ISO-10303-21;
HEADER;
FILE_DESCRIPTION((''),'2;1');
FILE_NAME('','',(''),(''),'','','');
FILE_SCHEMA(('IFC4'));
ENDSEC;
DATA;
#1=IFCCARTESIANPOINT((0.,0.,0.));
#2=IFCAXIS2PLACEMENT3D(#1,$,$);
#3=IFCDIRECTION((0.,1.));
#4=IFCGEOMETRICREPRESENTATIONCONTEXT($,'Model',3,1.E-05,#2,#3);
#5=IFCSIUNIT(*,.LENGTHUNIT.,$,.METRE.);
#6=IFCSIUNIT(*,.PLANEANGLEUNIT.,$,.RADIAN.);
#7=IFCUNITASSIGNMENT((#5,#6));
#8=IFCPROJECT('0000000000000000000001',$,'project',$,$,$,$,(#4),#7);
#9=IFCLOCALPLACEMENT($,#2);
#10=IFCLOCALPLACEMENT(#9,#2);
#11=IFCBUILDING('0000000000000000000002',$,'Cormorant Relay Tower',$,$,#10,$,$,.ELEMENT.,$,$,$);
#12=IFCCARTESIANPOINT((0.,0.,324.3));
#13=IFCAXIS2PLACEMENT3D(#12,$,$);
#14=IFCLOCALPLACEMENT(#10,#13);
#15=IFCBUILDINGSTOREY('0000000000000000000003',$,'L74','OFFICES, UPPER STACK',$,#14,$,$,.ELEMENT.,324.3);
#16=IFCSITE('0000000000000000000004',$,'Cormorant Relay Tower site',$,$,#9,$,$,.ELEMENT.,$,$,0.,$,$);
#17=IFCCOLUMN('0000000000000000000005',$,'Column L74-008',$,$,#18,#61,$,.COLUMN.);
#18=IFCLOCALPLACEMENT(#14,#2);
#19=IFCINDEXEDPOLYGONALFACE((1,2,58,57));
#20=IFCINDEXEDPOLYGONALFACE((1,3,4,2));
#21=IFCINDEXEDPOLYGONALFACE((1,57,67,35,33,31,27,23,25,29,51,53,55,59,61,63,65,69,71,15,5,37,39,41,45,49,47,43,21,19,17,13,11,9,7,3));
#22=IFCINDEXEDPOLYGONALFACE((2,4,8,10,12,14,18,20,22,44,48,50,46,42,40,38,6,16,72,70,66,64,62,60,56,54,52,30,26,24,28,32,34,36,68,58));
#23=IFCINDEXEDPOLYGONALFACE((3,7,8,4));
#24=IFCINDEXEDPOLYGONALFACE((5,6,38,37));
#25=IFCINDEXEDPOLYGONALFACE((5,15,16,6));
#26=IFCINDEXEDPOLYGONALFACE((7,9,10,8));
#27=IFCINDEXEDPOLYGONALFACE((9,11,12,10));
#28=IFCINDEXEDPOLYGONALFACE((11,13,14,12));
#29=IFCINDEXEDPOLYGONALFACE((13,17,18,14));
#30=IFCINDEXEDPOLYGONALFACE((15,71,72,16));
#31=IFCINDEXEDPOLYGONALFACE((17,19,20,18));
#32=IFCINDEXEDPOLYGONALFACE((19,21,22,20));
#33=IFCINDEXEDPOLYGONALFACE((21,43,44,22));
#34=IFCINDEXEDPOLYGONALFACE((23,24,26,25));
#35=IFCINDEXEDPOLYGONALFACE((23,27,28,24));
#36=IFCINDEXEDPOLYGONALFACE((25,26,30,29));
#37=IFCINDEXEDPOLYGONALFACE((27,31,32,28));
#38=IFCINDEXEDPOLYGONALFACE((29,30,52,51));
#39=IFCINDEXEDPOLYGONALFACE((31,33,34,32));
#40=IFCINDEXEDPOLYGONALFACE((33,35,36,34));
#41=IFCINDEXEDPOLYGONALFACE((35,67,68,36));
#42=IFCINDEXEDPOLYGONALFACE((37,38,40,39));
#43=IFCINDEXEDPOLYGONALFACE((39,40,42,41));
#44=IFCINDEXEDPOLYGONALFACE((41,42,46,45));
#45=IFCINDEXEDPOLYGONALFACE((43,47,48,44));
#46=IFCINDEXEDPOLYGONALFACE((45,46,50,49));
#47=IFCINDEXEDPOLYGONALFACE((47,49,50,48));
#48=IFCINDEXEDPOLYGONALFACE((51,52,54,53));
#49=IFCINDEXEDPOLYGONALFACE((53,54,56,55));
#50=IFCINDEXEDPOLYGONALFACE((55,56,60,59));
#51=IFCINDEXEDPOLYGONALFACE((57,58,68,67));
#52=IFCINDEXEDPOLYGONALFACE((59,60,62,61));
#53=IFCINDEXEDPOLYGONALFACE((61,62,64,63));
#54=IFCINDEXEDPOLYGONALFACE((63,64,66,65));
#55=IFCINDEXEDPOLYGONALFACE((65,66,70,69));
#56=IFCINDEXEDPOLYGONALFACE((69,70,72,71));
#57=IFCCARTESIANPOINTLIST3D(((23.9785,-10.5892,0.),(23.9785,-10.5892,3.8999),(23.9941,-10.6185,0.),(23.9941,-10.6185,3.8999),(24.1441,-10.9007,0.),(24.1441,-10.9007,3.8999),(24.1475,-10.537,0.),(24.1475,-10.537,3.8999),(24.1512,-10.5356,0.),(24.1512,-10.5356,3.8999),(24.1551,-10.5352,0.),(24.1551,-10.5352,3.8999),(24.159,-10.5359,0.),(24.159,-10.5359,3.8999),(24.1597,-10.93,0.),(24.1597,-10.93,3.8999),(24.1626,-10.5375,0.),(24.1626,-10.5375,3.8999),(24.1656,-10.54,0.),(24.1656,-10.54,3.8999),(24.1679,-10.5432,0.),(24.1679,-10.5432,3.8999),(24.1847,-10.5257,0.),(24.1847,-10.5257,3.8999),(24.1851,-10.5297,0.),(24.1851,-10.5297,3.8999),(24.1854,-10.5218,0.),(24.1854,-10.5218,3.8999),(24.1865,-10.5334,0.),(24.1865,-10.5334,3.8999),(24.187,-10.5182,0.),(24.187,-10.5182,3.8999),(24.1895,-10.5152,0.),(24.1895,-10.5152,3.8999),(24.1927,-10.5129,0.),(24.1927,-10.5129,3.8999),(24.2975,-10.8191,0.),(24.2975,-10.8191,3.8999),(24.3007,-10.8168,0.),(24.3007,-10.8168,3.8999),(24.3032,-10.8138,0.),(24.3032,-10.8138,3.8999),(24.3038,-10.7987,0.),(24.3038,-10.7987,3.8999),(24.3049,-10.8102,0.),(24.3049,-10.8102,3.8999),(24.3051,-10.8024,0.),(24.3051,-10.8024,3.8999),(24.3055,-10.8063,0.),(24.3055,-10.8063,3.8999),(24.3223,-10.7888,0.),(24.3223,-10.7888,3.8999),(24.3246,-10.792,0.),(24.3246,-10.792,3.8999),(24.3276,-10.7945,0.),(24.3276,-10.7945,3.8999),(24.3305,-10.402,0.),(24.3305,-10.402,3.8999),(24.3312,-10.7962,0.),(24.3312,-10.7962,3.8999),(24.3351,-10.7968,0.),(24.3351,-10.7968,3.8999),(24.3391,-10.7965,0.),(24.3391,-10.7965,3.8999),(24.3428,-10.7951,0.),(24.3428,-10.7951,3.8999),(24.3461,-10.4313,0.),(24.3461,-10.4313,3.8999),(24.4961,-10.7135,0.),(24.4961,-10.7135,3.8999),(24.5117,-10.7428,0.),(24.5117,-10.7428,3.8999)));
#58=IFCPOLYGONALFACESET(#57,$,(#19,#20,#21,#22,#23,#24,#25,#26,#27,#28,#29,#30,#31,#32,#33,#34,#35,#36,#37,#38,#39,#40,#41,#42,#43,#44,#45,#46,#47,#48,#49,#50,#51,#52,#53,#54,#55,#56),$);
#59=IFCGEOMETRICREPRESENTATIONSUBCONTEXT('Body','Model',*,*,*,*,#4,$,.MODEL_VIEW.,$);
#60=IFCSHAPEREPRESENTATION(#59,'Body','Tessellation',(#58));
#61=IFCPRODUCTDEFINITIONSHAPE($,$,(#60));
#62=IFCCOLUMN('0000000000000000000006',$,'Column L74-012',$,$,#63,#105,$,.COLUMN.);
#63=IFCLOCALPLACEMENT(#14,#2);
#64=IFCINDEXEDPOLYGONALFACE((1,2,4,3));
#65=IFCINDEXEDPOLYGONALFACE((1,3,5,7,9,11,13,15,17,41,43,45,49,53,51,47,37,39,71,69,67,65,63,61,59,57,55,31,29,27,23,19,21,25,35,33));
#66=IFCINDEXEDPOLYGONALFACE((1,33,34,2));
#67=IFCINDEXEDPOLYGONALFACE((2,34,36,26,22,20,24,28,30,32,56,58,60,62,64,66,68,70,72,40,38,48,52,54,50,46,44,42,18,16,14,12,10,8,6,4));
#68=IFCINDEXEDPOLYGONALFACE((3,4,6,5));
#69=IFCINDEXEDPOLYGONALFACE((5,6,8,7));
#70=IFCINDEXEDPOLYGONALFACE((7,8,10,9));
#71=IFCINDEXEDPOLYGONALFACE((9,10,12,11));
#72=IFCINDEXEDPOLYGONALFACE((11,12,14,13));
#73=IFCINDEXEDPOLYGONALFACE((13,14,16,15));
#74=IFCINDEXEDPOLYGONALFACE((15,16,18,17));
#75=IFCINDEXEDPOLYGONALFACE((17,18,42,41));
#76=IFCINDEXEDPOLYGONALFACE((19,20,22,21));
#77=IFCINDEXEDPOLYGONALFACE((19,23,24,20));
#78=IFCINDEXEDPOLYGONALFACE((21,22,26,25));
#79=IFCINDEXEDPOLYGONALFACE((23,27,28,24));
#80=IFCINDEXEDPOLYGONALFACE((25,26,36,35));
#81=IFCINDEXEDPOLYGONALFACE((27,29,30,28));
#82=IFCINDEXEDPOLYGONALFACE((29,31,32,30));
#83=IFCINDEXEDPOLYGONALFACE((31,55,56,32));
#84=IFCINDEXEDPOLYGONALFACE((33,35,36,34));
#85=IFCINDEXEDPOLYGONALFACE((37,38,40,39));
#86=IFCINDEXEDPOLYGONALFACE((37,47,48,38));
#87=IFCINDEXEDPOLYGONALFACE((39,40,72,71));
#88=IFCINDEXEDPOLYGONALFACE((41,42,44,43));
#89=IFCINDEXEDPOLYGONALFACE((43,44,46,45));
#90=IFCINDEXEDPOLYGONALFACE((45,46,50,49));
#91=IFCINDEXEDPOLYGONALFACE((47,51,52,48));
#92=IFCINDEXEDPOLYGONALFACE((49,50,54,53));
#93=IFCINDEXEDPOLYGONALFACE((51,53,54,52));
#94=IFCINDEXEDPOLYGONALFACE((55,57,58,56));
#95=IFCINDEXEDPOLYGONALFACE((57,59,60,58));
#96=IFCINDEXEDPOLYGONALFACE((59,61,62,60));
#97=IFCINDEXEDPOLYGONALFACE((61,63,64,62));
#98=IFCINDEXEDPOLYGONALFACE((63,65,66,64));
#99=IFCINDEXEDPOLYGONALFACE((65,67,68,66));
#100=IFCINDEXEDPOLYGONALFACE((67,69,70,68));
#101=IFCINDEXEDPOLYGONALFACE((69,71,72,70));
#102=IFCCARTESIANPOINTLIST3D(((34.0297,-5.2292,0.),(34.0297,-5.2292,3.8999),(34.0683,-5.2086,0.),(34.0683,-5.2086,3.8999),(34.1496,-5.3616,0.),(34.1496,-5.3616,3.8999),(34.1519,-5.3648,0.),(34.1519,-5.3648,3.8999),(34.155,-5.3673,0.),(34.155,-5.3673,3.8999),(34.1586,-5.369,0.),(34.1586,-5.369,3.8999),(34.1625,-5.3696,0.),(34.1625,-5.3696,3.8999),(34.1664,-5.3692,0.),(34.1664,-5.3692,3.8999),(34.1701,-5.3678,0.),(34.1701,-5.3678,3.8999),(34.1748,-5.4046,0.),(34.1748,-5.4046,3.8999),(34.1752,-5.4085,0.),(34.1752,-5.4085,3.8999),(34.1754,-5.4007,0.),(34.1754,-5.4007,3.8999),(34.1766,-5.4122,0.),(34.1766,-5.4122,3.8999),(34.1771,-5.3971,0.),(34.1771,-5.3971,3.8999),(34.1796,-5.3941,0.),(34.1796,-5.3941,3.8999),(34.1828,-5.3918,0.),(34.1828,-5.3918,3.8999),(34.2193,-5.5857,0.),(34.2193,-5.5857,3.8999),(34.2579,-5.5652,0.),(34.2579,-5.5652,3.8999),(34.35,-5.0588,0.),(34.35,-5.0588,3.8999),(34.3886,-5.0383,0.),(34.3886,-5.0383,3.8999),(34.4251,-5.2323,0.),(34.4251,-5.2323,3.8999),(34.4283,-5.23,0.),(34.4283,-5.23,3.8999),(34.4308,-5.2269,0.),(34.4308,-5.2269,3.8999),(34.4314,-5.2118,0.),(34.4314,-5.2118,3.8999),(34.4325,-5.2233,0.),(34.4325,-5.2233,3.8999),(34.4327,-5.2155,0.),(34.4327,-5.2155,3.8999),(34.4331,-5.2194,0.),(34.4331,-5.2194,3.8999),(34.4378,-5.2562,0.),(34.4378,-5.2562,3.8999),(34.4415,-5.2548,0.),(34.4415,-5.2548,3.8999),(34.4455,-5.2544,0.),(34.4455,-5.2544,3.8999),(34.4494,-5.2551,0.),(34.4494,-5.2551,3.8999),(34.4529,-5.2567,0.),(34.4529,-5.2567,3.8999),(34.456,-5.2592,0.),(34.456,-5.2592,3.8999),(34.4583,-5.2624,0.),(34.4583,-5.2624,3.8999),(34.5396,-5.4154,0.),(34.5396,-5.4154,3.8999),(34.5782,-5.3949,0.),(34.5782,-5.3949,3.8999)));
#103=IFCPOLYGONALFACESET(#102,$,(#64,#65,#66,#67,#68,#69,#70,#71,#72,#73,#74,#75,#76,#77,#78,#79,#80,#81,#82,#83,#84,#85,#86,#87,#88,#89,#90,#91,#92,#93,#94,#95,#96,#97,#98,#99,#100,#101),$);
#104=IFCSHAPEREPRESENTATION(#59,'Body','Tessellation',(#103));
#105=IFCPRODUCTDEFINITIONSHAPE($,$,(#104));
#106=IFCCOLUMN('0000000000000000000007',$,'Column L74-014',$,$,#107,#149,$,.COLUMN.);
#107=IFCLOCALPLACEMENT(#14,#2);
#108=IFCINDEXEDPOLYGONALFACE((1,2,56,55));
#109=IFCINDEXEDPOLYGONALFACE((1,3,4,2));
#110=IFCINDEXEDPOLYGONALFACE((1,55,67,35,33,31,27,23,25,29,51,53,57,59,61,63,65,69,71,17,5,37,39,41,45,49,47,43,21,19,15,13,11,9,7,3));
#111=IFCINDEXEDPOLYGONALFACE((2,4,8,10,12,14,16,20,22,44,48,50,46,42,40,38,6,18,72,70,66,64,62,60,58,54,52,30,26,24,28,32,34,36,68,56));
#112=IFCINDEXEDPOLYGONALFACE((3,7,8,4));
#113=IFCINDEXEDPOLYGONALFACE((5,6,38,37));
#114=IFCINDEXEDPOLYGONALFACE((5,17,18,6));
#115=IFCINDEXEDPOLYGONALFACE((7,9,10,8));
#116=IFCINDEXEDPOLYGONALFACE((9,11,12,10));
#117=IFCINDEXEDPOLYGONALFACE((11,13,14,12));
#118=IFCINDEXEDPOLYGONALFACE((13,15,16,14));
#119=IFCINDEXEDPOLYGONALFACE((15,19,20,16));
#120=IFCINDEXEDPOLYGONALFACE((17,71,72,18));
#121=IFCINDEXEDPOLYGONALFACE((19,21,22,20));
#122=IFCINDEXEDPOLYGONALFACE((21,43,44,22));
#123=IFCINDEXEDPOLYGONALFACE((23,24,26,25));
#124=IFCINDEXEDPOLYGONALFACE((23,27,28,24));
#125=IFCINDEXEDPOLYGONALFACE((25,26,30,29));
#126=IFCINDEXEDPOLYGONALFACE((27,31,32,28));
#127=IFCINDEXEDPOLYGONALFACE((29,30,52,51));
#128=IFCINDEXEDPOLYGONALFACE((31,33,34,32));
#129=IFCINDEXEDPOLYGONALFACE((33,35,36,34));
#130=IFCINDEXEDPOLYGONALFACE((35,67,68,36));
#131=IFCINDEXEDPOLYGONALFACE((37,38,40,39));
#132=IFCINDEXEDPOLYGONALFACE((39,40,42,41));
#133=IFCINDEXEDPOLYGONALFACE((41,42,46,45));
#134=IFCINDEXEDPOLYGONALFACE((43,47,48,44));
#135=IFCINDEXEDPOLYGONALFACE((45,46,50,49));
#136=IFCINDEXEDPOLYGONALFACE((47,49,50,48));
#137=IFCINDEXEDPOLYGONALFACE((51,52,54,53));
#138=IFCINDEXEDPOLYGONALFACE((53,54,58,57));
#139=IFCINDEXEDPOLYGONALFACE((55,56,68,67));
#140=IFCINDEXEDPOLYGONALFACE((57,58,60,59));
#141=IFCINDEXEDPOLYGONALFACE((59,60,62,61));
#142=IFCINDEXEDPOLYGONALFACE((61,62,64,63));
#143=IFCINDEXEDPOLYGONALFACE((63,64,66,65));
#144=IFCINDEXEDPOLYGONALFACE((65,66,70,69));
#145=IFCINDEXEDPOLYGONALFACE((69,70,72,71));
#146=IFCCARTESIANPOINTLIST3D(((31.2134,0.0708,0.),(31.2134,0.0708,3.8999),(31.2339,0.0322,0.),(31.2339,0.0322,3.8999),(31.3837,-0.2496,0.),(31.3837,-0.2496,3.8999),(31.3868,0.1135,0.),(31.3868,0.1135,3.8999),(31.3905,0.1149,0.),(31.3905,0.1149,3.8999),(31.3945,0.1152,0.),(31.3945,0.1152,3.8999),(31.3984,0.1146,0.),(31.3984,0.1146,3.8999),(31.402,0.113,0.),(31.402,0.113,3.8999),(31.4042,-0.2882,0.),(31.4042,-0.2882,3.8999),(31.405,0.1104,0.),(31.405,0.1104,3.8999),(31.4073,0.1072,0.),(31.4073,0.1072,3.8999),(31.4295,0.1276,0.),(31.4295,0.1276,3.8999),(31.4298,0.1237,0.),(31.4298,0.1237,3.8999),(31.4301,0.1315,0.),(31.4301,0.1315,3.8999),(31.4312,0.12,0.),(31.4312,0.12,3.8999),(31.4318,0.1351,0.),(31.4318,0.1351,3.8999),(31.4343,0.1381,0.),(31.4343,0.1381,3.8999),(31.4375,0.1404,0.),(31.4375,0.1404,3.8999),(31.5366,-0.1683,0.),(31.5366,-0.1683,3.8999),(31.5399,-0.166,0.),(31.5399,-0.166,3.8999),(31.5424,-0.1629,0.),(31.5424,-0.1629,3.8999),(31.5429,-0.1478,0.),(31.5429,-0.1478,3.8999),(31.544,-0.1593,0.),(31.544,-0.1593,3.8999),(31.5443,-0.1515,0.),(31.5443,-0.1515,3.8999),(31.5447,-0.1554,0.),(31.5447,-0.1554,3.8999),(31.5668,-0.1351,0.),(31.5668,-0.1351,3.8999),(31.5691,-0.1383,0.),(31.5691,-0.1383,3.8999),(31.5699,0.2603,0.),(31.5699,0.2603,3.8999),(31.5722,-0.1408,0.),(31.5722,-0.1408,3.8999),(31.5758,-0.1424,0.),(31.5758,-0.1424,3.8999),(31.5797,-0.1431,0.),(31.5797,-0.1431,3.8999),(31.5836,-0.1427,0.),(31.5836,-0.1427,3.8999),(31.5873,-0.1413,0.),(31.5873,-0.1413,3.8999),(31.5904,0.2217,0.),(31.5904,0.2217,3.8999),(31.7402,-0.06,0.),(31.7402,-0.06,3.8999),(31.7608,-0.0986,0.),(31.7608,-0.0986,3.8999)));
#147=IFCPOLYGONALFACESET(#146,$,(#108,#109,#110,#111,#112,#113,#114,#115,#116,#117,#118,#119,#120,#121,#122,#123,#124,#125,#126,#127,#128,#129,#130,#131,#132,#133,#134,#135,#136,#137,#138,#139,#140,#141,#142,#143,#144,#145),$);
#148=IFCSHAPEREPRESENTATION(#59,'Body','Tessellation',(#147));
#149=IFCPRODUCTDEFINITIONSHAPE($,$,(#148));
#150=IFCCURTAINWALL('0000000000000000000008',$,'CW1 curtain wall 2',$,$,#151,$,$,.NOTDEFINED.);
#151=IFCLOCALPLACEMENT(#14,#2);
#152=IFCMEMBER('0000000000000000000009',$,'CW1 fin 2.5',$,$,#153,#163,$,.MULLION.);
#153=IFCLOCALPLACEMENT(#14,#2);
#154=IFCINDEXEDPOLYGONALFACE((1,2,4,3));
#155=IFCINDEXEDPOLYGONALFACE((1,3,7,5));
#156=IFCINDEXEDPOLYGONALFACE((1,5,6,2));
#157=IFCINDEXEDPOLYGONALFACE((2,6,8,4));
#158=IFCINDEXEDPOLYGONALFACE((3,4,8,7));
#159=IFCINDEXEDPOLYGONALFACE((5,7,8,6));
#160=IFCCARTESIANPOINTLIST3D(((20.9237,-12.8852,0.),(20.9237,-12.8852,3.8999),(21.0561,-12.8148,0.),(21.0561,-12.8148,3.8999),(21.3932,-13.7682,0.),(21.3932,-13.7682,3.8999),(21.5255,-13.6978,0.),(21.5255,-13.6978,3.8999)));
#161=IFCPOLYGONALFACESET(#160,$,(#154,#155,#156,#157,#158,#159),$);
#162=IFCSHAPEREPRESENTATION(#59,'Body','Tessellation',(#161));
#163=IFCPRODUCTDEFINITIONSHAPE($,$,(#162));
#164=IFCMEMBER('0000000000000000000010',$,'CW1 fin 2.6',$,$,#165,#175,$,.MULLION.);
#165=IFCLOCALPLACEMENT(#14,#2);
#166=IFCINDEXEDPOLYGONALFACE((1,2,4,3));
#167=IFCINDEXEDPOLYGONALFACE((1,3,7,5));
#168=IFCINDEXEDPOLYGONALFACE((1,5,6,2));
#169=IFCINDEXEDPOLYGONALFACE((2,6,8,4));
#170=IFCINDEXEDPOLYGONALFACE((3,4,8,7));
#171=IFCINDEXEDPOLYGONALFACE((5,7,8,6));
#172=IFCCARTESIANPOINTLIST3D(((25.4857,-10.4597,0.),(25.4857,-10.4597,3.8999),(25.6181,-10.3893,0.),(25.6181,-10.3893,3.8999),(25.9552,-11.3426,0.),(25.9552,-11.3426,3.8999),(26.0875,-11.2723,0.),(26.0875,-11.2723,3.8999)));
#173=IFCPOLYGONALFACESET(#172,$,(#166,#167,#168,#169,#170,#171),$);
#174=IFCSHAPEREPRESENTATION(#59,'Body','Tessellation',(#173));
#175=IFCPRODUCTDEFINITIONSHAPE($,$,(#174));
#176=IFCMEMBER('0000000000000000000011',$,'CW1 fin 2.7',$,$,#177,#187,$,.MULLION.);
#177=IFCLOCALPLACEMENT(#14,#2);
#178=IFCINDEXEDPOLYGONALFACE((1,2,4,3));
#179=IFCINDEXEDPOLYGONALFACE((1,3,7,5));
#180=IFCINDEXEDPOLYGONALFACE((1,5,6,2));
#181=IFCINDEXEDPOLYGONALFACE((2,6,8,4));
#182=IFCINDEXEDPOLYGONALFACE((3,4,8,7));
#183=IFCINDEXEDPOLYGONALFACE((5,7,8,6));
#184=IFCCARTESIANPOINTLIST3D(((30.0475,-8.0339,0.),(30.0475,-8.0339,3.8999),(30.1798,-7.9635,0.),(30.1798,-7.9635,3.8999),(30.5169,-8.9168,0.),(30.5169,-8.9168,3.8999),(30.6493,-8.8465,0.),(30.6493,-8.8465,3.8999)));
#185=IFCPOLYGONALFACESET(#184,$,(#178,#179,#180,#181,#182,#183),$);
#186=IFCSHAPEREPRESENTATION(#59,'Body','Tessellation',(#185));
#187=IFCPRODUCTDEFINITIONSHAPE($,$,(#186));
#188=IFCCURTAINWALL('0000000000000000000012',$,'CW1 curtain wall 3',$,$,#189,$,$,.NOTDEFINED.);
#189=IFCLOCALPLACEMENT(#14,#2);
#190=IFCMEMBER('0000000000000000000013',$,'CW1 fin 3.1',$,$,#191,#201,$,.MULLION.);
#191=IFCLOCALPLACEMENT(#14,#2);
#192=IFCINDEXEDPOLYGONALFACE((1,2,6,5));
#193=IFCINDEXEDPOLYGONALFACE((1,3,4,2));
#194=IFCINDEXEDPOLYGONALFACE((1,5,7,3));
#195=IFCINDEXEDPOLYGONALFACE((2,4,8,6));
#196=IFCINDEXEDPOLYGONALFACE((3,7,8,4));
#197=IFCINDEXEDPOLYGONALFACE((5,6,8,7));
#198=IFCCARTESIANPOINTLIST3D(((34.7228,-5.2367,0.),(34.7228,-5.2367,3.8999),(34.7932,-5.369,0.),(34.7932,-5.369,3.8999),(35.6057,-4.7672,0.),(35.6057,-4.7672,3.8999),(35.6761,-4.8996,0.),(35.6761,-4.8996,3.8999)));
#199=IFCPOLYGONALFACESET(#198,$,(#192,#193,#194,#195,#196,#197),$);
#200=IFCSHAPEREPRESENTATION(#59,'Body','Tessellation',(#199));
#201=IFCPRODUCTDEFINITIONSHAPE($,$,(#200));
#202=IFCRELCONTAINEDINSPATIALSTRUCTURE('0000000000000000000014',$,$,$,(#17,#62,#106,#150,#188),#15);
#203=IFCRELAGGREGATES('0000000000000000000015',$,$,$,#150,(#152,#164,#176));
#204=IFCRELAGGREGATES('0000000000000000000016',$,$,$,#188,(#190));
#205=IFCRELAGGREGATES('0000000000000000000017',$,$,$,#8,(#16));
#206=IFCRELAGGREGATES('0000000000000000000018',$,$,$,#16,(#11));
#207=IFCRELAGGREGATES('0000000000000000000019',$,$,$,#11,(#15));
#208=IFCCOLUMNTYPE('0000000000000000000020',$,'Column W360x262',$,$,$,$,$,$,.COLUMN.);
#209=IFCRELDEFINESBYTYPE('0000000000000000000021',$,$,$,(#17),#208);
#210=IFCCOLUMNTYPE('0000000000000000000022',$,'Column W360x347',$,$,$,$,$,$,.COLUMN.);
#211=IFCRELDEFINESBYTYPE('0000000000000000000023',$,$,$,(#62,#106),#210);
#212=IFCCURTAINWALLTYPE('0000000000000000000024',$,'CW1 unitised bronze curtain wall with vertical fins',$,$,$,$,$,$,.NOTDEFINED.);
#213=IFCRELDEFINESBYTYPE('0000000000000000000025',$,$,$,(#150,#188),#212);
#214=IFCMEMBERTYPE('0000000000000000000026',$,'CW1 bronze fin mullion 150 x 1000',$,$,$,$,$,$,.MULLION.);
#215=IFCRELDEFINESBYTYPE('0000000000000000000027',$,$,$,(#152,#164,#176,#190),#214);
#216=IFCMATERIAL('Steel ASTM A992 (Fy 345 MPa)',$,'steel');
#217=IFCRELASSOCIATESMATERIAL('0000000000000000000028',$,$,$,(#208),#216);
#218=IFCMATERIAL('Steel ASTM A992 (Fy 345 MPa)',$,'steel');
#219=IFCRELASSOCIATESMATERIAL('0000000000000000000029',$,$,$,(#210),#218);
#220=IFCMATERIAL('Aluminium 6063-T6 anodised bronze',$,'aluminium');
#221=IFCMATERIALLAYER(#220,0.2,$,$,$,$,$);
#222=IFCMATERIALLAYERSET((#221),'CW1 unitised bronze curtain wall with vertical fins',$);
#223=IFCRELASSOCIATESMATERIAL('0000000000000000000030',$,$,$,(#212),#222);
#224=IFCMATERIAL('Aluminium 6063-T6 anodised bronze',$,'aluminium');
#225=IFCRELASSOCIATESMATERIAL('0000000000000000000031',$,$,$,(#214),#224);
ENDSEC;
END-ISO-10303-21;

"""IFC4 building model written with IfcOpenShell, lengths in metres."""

from ifc_helpers import new_model, si_unit, direction, frame, origin, origin_2d, place, context, subcontext, project, spatial, rectangle, i_section, extrude, material, layer, layer_set, material_profile, profile_set, type_object, element, aggregate, save


model = new_model("IFC4")

# Units and contexts
model_context = context("Model", 3, precision=1e-05, world=origin(), true_north=direction((0.0, 1.0)))
body_context = subcontext(model_context, "Body", "Model", "MODEL_VIEW")
ifc_project = project(units=[si_unit("LENGTHUNIT", "METRE"), si_unit("PLANEANGLEUNIT", "RADIAN")], contexts=[model_context])

# Site, building, storey
site_placement = place(None, origin())
site = spatial("IfcSite", under=ifc_project, at=site_placement, Name="Cormorant Relay Tower site", CompositionType="ELEMENT", RefElevation=0.0)
building_placement = place(site_placement, origin())
building = spatial("IfcBuilding", under=site, at=building_placement, Name="Cormorant Relay Tower", CompositionType="ELEMENT")
storey_placement = place(building_placement, frame((0.0, 0.0, 324.3)))
storey = spatial("IfcBuildingStorey", under=building, at=storey_placement, Name="L74", Description="OFFICES, UPPER STACK", CompositionType="ELEMENT", Elevation=324.3)

# Columns
ifc_material_1 = material(Name="Steel ASTM A992 (Fy 345 MPa)", Category="steel")
ifc_material_profile_1 = material_profile(ifc_material_1, i_section(OverallWidth=0.3987, OverallDepth=0.386, WebThickness=0.021, FlangeThickness=0.0332, FilletRadius=0.0151, at=origin_2d()), Name="W360x262")
ifc_profile_set_1 = profile_set([ifc_material_profile_1], Name="Steel ASTM A992 (Fy 345 MPa)")
column_type_1 = type_object("IfcColumnType", Name="Column W360x262", PredefinedType="COLUMN", material=ifc_profile_set_1)
column_placement = place(storey_placement, frame((24.2451, -10.666, 0.0), z_axis=(0.0, 0.0, 1.0), x_axis=(0.882948, 0.469472, 0.0)))
element("IfcColumn", 1, at=column_placement, inside=storey, type_object=column_type_1, Name="Column L74-008", PredefinedType="COLUMN", context=body_context, shape_type="SweptSolid", body=[
    extrude(i_section(OverallWidth=0.3987, OverallDepth=0.386, WebThickness=0.021, FlangeThickness=0.0332, FilletRadius=0.0151, at=origin_2d()), origin(), (0.0, 0.0, 1.0), 3.8999),
])
ifc_material_2 = material(Name="Steel ASTM A992 (Fy 345 MPa)", Category="steel")
ifc_material_profile_2 = material_profile(ifc_material_2, i_section(OverallWidth=0.4038, OverallDepth=0.4065, WebThickness=0.0271, FlangeThickness=0.0437, FilletRadius=0.0151, at=origin_2d()), Name="W360x347")
ifc_profile_set_2 = profile_set([ifc_material_profile_2], Name="Steel ASTM A992 (Fy 345 MPa)")
column_type_2 = type_object("IfcColumnType", Name="Column W360x347", PredefinedType="COLUMN", material=ifc_profile_set_2)
for number, where, z_axis, x_axis, name in (
    (2, (34.304, -5.312, 0.0), (0.0, 0.0, 1.0), (-0.469472, 0.882948, 0.0), "Column L74-012"),
    (3, (31.4871, -0.0139, 0.0), (0.0, 0.0, 1.0), (0.882948, 0.469472, 0.0), "Column L74-014"),
):
    element("IfcColumn", number, at=place(storey_placement, frame(where, z_axis=z_axis, x_axis=x_axis)), inside=storey, type_object=column_type_2, Name=name, PredefinedType="COLUMN", context=body_context, shape_type="SweptSolid", body=[
        extrude(i_section(OverallWidth=0.4038, OverallDepth=0.4065, WebThickness=0.0271, FlangeThickness=0.0437, FilletRadius=0.0151, at=origin_2d()), origin(), (0.0, 0.0, 1.0), 3.8999),
    ])

# Curtain wall, members
ifc_material_3 = material(Name="Aluminium 6063-T6 anodised bronze", Category="aluminium")
ifc_layer_1 = layer(ifc_material_3, 0.2)
ifc_layer_set_1 = layer_set([ifc_layer_1], Name="CW1 unitised bronze curtain wall with vertical fins")
curtain_wall_type = type_object("IfcCurtainWallType", Name="CW1 unitised bronze curtain wall with vertical fins", PredefinedType="NOTDEFINED", material=ifc_layer_set_1)
curtain_wall_1_placement = place(storey_placement, origin())
curtain_wall_1 = element("IfcCurtainWall", 4, at=curtain_wall_1_placement, inside=storey, type_object=curtain_wall_type, Name="CW1 curtain wall 2", PredefinedType="NOTDEFINED")
ifc_material_4 = material(Name="Aluminium 6063-T6 anodised bronze", Category="aluminium")
ifc_material_profile_3 = material_profile(ifc_material_4, rectangle(XDim=0.1499, YDim=1.0, at=origin_2d()), Name="AL 150x1000")
ifc_profile_set_3 = profile_set([ifc_material_profile_3], Name="Aluminium 6063-T6 anodised bronze")
member_type_1 = type_object("IfcMemberType", Name="CW1 bronze fin mullion 150 x 1000", PredefinedType="MULLION", material=ifc_profile_set_3)
member_1_placement = place(storey_placement, frame((21.2246, -13.2915, 0.0), z_axis=(0.0, 0.0, 1.0), x_axis=(0.882948, 0.469472, 0.0)))
member_1 = element("IfcMember", 5, at=member_1_placement, type_object=member_type_1, Name="CW1 fin 2.5", PredefinedType="MULLION", context=body_context, shape_type="SweptSolid", body=[
    extrude(rectangle(XDim=0.1499, YDim=1.0, at=origin_2d()), origin(), (0.0, 0.0, 1.0), 3.8999),
])
member_2_placement = place(storey_placement, frame((25.7866, -10.866, 0.0), z_axis=(0.0, 0.0, 1.0), x_axis=(0.882948, 0.469472, 0.0)))
member_2 = element("IfcMember", 6, at=member_2_placement, type_object=member_type_1, Name="CW1 fin 2.6", PredefinedType="MULLION", context=body_context, shape_type="SweptSolid", body=[
    extrude(rectangle(XDim=0.1499, YDim=1.0, at=origin_2d()), origin(), (0.0, 0.0, 1.0), 3.8999),
])
member_3_placement = place(storey_placement, frame((30.3484, -8.4402, 0.0), z_axis=(0.0, 0.0, 1.0), x_axis=(0.882948, 0.469472, 0.0)))
member_3 = element("IfcMember", 7, at=member_3_placement, type_object=member_type_1, Name="CW1 fin 2.7", PredefinedType="MULLION", context=body_context, shape_type="SweptSolid", body=[
    extrude(rectangle(XDim=0.1499, YDim=1.0, at=origin_2d()), origin(), (0.0, 0.0, 1.0), 3.8999),
])

# Curtain wall, member
curtain_wall_2_placement = place(storey_placement, origin())
curtain_wall_2 = element("IfcCurtainWall", 8, at=curtain_wall_2_placement, inside=storey, type_object=curtain_wall_type, Name="CW1 curtain wall 3", PredefinedType="NOTDEFINED")
member_4_placement = place(storey_placement, frame((35.1995, -5.0681, 0.0), z_axis=(0.0, 0.0, 1.0), x_axis=(-0.469472, 0.882948, 0.0)))
member_4 = element("IfcMember", 9, at=member_4_placement, type_object=member_type_1, Name="CW1 fin 3.1", PredefinedType="MULLION", context=body_context, shape_type="SweptSolid", body=[
    extrude(rectangle(XDim=0.1499, YDim=1.0, at=origin_2d()), origin(), (0.0, 0.0, 1.0), 3.8999),
])

aggregate(curtain_wall_1, [member_1, member_2, member_3])
aggregate(curtain_wall_2, [member_4])

save(model, "model.ifc")
